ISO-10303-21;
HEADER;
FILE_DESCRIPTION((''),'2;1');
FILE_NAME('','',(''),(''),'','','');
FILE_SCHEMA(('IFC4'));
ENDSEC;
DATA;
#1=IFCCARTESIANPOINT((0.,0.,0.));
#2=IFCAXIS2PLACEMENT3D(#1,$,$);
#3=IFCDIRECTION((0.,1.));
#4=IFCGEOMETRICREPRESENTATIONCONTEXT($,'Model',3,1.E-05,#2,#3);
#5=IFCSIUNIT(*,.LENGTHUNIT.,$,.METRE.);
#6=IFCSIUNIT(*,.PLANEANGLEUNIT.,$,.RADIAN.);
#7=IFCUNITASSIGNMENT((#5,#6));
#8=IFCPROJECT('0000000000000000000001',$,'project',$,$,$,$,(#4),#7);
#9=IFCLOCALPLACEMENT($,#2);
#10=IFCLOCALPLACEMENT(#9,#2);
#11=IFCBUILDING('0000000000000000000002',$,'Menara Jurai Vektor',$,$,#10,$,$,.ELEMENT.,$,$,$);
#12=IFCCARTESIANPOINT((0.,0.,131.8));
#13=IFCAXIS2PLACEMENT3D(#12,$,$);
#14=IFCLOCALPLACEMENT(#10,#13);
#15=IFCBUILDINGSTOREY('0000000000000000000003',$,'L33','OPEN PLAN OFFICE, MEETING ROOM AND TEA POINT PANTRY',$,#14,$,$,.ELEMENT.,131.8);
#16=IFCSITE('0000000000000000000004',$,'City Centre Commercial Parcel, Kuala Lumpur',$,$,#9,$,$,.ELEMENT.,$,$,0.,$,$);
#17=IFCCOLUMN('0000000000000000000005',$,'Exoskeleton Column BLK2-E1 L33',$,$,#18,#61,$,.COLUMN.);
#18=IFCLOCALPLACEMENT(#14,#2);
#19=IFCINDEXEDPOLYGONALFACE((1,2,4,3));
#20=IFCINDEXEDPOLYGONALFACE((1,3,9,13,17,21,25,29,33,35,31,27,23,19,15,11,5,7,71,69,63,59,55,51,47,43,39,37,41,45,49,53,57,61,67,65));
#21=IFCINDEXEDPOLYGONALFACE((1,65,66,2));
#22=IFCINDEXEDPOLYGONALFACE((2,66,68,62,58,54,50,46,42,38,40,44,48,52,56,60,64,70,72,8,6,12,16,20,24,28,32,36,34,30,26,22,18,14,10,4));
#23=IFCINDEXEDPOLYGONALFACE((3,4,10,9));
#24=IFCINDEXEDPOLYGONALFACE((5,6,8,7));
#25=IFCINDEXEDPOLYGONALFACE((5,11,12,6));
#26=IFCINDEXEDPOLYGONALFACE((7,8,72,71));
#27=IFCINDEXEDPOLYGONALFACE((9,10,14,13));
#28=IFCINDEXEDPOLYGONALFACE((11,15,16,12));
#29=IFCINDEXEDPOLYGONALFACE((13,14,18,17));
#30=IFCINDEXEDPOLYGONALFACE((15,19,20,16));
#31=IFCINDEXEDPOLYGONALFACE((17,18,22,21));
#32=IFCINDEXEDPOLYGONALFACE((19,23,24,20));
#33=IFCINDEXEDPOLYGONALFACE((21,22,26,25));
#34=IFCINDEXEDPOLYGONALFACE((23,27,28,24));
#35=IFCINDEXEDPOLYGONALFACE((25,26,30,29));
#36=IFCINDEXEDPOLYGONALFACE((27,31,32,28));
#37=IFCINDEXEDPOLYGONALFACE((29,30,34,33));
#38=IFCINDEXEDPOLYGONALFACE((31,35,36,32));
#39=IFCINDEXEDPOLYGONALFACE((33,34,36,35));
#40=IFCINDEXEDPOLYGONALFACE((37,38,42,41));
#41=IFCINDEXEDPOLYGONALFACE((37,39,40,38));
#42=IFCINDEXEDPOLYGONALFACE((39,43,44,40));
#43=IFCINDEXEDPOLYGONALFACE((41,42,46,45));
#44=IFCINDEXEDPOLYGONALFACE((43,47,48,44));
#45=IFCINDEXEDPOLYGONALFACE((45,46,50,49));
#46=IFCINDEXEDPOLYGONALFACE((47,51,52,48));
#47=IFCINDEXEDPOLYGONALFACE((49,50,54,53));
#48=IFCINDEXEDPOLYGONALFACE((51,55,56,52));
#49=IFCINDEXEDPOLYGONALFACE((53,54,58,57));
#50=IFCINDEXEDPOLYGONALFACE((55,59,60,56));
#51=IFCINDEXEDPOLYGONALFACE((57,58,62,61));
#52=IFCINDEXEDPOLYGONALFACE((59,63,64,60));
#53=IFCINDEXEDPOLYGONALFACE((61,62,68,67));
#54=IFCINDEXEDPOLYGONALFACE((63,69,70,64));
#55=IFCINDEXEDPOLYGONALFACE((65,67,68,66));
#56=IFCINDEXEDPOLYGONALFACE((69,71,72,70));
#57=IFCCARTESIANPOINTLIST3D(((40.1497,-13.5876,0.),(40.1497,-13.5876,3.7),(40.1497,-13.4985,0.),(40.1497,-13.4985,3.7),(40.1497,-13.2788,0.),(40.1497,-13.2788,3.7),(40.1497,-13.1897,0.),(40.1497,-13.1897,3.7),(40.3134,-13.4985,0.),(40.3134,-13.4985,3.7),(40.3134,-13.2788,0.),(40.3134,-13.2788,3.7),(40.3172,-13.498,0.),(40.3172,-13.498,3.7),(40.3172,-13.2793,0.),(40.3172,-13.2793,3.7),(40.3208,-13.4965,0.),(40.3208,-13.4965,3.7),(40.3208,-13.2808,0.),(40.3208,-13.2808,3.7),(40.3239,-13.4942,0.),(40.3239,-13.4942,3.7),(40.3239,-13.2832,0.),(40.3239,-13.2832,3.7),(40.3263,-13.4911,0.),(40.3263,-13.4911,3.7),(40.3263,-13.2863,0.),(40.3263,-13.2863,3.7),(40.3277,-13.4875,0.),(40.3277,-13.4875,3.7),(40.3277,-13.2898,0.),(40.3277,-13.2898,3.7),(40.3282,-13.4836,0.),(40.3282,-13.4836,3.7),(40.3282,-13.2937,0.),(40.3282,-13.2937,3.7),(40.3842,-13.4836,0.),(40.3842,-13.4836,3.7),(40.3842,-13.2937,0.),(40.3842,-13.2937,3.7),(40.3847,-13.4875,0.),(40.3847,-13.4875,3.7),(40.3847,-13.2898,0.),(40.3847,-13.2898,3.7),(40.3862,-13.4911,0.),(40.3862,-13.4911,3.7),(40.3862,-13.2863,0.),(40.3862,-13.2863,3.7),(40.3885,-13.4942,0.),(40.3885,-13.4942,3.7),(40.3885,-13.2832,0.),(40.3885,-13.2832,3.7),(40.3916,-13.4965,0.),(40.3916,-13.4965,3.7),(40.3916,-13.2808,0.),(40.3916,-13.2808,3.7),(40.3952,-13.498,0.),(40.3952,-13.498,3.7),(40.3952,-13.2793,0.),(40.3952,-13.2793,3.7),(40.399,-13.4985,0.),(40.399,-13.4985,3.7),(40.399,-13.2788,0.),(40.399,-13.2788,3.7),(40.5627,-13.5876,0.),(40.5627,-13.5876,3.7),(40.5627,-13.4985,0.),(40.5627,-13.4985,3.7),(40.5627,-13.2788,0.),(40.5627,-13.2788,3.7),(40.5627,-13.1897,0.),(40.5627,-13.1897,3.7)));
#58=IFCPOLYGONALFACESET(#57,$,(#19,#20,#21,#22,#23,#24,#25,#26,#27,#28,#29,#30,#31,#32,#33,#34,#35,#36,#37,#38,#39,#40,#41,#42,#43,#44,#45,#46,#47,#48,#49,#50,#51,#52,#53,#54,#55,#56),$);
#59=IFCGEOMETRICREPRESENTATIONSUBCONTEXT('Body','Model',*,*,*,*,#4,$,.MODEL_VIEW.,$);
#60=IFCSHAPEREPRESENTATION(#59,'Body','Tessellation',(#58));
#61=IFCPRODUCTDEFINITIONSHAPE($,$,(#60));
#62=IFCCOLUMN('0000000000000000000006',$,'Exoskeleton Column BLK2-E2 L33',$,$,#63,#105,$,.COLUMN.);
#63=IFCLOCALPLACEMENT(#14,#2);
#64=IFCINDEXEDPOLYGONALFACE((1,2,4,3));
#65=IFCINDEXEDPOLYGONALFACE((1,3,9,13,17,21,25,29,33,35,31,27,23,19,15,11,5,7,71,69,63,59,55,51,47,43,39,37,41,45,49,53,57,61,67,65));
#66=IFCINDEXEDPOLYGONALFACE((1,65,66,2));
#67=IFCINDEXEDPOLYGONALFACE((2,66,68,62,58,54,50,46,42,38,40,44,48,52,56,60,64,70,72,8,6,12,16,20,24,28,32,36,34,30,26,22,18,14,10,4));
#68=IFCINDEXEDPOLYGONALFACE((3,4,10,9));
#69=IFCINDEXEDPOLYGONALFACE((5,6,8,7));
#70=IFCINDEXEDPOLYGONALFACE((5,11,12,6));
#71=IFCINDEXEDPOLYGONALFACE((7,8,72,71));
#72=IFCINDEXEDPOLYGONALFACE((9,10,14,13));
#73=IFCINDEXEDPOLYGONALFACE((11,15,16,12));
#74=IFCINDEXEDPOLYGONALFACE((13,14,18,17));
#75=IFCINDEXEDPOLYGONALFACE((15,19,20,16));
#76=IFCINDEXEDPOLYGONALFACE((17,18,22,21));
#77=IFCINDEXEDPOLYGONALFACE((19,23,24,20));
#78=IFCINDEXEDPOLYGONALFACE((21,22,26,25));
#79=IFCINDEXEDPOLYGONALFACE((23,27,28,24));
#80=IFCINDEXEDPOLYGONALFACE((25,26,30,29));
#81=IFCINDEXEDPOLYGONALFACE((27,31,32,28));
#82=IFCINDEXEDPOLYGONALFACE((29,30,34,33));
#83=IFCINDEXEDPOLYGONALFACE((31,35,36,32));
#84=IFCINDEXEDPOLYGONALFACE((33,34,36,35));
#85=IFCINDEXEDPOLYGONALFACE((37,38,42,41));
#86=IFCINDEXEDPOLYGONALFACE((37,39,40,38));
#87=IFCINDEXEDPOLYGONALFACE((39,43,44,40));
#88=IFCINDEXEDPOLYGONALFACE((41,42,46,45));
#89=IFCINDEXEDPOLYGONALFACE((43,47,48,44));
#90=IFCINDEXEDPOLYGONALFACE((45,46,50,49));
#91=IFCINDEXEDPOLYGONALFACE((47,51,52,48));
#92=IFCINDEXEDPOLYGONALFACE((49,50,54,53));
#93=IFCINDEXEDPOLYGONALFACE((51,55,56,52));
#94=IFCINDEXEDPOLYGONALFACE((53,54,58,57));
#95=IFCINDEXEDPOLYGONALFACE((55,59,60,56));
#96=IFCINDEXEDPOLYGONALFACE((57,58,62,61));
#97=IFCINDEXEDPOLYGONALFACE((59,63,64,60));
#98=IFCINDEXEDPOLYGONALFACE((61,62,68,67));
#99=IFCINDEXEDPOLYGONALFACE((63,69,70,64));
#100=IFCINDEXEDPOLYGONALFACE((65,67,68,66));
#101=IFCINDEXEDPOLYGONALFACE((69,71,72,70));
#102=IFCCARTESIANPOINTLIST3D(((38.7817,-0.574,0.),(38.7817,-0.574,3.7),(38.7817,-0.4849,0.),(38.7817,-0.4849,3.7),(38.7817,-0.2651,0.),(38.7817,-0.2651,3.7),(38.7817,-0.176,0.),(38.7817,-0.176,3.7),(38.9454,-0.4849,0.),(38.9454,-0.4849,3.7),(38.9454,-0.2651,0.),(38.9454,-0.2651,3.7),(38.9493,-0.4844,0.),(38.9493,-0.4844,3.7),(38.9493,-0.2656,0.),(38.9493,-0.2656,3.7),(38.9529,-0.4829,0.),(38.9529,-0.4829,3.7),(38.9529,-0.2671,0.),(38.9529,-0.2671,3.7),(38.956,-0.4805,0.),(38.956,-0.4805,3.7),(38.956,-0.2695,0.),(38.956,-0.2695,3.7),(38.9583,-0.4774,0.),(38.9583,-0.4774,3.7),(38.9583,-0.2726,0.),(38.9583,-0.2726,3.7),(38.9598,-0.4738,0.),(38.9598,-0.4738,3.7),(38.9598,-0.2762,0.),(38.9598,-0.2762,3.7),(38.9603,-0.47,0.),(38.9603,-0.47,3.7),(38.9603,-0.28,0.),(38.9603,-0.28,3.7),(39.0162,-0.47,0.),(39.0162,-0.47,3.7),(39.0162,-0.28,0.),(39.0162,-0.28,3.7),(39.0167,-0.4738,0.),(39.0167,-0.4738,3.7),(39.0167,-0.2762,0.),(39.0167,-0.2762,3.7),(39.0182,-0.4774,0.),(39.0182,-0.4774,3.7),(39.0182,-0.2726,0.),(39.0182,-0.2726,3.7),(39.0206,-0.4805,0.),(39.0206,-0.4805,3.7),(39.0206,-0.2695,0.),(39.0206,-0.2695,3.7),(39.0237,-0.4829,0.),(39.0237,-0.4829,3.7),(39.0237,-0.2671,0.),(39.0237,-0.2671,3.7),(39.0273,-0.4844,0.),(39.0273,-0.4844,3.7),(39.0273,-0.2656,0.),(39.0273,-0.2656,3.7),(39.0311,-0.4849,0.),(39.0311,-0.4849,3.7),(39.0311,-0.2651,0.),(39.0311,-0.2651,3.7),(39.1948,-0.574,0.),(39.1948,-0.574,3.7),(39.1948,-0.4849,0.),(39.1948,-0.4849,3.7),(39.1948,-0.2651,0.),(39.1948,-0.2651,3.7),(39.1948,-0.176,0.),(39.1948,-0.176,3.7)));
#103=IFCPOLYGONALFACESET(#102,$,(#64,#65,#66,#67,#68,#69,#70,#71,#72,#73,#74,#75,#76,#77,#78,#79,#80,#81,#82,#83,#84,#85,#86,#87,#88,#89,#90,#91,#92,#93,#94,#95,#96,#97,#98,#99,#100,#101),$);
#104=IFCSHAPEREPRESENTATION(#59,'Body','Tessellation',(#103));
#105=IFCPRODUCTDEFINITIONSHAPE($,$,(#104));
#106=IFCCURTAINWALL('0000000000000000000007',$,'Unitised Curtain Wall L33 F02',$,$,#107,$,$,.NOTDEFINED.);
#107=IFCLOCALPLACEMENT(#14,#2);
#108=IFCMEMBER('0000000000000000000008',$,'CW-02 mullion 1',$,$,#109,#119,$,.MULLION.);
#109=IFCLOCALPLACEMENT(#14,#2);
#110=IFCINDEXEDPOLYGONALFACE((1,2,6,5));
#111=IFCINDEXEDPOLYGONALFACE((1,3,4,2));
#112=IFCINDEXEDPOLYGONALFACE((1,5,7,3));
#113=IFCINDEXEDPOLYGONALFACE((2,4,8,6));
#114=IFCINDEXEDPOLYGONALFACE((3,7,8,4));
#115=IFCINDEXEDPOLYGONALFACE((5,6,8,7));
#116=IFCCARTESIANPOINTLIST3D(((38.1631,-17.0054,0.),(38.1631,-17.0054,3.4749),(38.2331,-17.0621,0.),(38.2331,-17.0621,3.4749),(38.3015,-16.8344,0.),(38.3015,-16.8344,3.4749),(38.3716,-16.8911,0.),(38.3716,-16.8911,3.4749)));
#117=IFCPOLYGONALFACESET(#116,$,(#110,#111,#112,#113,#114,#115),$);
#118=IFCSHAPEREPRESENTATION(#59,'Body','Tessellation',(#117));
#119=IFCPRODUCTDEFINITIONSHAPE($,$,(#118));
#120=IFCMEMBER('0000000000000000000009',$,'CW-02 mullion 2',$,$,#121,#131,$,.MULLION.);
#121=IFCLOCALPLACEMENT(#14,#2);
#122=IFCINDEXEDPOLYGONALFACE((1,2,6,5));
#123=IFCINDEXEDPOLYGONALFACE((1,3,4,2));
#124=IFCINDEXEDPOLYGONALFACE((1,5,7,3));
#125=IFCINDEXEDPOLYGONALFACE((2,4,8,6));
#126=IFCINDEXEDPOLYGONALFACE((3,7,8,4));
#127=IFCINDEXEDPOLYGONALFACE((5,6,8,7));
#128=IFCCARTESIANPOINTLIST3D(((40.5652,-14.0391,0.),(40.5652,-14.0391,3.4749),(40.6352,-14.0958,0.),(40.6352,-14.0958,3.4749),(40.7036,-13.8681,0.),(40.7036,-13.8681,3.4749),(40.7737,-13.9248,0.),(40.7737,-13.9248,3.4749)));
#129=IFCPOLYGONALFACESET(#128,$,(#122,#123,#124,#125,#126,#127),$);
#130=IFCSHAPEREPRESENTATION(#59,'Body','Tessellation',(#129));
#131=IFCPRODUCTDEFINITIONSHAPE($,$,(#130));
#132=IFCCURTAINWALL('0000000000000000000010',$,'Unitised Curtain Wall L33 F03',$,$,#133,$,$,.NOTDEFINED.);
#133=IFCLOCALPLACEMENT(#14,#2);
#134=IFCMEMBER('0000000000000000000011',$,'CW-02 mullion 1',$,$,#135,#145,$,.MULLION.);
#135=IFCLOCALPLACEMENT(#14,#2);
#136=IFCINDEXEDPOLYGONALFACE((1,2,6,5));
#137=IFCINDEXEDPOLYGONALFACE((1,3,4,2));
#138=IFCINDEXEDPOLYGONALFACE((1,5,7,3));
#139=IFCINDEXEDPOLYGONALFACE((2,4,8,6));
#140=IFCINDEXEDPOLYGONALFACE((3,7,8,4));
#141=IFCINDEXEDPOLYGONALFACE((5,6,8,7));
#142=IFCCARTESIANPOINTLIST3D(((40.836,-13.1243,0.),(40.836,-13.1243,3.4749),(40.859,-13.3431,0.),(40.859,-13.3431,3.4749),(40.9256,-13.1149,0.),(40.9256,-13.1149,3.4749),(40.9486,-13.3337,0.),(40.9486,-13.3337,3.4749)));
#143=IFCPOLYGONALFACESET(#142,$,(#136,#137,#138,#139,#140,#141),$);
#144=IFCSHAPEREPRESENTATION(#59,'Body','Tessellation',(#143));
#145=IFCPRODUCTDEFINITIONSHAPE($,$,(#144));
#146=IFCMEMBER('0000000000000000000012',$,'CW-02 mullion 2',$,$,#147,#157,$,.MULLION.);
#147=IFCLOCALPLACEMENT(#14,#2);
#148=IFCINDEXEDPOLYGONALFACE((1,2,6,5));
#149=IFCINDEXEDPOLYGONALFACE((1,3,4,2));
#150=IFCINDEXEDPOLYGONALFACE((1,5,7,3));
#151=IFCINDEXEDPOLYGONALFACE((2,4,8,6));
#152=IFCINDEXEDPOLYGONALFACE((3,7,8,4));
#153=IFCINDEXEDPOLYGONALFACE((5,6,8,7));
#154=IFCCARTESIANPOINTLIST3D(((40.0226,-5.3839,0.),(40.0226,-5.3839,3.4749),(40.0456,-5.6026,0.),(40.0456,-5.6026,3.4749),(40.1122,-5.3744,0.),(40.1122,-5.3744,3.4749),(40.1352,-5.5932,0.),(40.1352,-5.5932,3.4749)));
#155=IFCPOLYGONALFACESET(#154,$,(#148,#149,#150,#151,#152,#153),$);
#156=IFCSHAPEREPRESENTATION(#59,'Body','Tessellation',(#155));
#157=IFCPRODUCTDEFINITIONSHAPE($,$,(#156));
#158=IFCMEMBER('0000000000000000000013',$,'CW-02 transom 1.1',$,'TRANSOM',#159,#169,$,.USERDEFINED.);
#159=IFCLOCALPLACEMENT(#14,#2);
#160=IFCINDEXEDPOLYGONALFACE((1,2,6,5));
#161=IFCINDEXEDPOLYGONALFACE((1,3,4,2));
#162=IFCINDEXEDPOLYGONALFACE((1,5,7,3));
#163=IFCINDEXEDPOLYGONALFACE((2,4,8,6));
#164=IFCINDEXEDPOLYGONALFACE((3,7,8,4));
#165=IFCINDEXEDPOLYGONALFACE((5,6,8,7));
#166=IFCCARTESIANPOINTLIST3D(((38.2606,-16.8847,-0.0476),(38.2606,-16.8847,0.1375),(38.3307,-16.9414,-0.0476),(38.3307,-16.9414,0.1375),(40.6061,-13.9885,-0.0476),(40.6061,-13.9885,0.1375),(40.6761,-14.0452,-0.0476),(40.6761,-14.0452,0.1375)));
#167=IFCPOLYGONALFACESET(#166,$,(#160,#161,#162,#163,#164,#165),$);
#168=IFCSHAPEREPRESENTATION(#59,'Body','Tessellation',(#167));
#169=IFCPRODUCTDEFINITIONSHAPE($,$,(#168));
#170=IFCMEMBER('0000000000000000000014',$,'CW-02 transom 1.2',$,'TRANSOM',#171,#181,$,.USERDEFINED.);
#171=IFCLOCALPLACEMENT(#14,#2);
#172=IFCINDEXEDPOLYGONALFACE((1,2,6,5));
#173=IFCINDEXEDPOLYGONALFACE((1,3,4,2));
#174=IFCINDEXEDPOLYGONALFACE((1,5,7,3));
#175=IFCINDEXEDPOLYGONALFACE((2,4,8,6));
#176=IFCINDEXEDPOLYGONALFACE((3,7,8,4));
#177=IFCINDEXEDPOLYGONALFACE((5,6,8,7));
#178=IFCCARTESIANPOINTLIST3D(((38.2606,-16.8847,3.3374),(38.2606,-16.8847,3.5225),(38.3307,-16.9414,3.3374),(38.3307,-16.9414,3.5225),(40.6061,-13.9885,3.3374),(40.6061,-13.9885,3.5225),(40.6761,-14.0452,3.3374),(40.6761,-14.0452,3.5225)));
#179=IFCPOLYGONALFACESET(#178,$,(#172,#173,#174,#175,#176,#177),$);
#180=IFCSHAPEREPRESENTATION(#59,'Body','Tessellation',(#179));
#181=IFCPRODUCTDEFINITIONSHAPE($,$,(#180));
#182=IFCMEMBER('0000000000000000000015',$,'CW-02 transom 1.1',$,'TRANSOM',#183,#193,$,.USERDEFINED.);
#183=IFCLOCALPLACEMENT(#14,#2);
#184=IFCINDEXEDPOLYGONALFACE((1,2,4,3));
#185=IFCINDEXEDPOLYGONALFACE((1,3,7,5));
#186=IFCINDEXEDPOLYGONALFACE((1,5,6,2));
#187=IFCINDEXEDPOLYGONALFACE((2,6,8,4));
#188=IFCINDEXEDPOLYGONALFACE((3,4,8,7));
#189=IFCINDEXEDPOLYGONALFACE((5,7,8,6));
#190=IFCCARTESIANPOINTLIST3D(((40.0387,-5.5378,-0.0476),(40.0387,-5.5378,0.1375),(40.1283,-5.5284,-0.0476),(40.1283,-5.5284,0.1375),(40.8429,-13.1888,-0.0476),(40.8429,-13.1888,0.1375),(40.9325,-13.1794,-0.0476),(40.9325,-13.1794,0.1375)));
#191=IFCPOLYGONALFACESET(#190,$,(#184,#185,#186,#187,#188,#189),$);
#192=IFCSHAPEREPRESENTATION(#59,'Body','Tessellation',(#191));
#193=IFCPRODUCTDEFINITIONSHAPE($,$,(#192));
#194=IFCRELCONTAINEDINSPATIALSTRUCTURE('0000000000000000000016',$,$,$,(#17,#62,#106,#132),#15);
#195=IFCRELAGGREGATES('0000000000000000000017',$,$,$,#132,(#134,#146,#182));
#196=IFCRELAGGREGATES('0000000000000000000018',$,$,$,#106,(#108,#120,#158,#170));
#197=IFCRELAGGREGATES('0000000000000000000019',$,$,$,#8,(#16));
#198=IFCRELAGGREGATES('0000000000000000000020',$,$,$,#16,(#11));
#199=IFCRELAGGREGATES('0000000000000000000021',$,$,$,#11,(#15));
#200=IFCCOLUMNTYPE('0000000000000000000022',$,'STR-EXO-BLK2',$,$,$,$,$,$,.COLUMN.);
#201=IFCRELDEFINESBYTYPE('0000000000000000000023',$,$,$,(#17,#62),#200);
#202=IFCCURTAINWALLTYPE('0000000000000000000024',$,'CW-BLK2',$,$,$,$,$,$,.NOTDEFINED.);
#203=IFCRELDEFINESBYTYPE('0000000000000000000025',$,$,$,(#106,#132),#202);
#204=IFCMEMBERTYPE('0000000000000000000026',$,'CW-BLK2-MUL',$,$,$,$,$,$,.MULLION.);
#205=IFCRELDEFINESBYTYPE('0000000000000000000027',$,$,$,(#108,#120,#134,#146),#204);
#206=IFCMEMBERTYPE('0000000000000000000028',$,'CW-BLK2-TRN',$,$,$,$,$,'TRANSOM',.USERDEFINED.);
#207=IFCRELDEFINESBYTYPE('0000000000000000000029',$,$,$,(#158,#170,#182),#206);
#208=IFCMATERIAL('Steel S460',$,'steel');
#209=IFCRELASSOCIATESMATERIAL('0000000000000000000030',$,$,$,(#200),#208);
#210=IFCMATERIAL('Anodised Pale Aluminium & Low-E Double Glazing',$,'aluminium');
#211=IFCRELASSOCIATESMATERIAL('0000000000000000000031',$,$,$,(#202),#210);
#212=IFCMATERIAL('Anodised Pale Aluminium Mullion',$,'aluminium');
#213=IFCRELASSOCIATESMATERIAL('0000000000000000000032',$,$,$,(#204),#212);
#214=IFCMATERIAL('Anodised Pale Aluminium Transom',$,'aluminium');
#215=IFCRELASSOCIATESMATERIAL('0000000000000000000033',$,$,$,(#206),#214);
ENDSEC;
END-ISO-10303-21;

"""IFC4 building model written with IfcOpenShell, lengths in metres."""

from ifc_helpers import new_model, si_unit, direction, frame, origin, origin_2d, place, context, subcontext, project, spatial, rectangle, i_section, extrude, material, material_profile, profile_set, type_object, element, aggregate, save


model = new_model("IFC4")

# Units and contexts
model_context = context("Model", 3, precision=1e-05, world=origin(), true_north=direction((0.0, 1.0)))
body_context = subcontext(model_context, "Body", "Model", "MODEL_VIEW")
ifc_project = project(units=[si_unit("LENGTHUNIT", "METRE"), si_unit("PLANEANGLEUNIT", "RADIAN")], contexts=[model_context])

# Site, building, storey
site_placement = place(None, origin())
site = spatial("IfcSite", under=ifc_project, at=site_placement, Name="City Centre Commercial Parcel, Kuala Lumpur", CompositionType="ELEMENT", RefElevation=0.0)
building_placement = place(site_placement, origin())
building = spatial("IfcBuilding", under=site, at=building_placement, Name="Menara Jurai Vektor", CompositionType="ELEMENT")
storey_placement = place(building_placement, frame((0.0, 0.0, 131.8)))
storey = spatial("IfcBuildingStorey", under=building, at=storey_placement, Name="L33", Description="OPEN PLAN OFFICE, MEETING ROOM AND TEA POINT PANTRY", CompositionType="ELEMENT", Elevation=131.8)

# Columns
ifc_material_1 = material(Name="Steel S460", Category="steel")
ifc_material_profile_1 = material_profile(ifc_material_1, i_section(OverallWidth=0.4131, OverallDepth=0.3979, WebThickness=0.0559, FlangeThickness=0.0891, FilletRadius=0.0149, at=origin_2d()), Name="HD 400x744")
ifc_profile_set_1 = profile_set([ifc_material_profile_1], Name="Steel S460")
column_type = type_object("IfcColumnType", Name="STR-EXO-BLK2", PredefinedType="COLUMN", material=ifc_profile_set_1)
for number, where, z_axis, x_axis, name in (
    (1, (40.3562, -13.3887, 0.0), (0.0, 0.0, 1.0), (1.0, 0.0, 0.0), "Exoskeleton Column BLK2-E1 L33"),
    (2, (38.9883, -0.375, 0.0), (0.0, 0.0, 1.0), (1.0, 0.0, 0.0), "Exoskeleton Column BLK2-E2 L33"),
):
    element("IfcColumn", number, at=place(storey_placement, frame(where, z_axis=z_axis, x_axis=x_axis)), inside=storey, type_object=column_type, Name=name, PredefinedType="COLUMN", context=body_context, shape_type="SweptSolid", body=[
        extrude(i_section(OverallWidth=0.4131, OverallDepth=0.3979, WebThickness=0.0559, FlangeThickness=0.0891, FilletRadius=0.0149, at=origin_2d()), origin(), (0.0, 0.0, 1.0), 3.7),
    ])

# Curtain walls, members
ifc_material_2 = material(Name="Anodised Pale Aluminium & Low-E Double Glazing", Category="aluminium")
curtain_wall_type = type_object("IfcCurtainWallType", Name="CW-BLK2", PredefinedType="NOTDEFINED", material=ifc_material_2)
curtain_wall_1_placement = place(storey_placement, origin())
curtain_wall_1 = element("IfcCurtainWall", 3, at=curtain_wall_1_placement, inside=storey, type_object=curtain_wall_type, Name="Unitised Curtain Wall L33 F02", PredefinedType="NOTDEFINED")
ifc_material_3 = material(Name="Anodised Pale Aluminium Mullion", Category="aluminium")
ifc_material_profile_2 = material_profile(ifc_material_3, rectangle(XDim=0.0901, YDim=0.22, at=origin_2d()), Name="ALU MUL 90x220")
ifc_profile_set_2 = profile_set([ifc_material_profile_2], Name="Anodised Pale Aluminium Mullion")
member_type_1 = type_object("IfcMemberType", Name="CW-BLK2-MUL", PredefinedType="MULLION", material=ifc_profile_set_2)
member_1_placement = place(storey_placement, frame((38.2673, -16.9482, 0.0), z_axis=(0.0, 0.0, 1.0), x_axis=(-0.777129, 0.629341, 0.0)))
member_1 = element("IfcMember", 4, at=member_1_placement, type_object=member_type_1, Name="CW-02 mullion 1", PredefinedType="MULLION", context=body_context, shape_type="SweptSolid", body=[
    extrude(rectangle(XDim=0.0901, YDim=0.22, at=origin_2d()), origin(), (0.0, 0.0, 1.0), 3.4749),
])
member_2_placement = place(storey_placement, frame((40.6694, -13.9819, 0.0), z_axis=(0.0, 0.0, 1.0), x_axis=(-0.777129, 0.629341, 0.0)))
member_2 = element("IfcMember", 5, at=member_2_placement, type_object=member_type_1, Name="CW-02 mullion 2", PredefinedType="MULLION", context=body_context, shape_type="SweptSolid", body=[
    extrude(rectangle(XDim=0.0901, YDim=0.22, at=origin_2d()), origin(), (0.0, 0.0, 1.0), 3.4749),
])
curtain_wall_2_placement = place(storey_placement, origin())
curtain_wall_2 = element("IfcCurtainWall", 6, at=curtain_wall_2_placement, inside=storey, type_object=curtain_wall_type, Name="Unitised Curtain Wall L33 F03", PredefinedType="NOTDEFINED")
member_3_placement = place(storey_placement, frame((40.8923, -13.229, 0.0), z_axis=(0.0, 0.0, 1.0), x_axis=(-0.994522, -0.10453, 0.0)))
member_3 = element("IfcMember", 7, at=member_3_placement, type_object=member_type_1, Name="CW-02 mullion 1", PredefinedType="MULLION", context=body_context, shape_type="SweptSolid", body=[
    extrude(rectangle(XDim=0.0901, YDim=0.22, at=origin_2d()), origin(), (0.0, 0.0, 1.0), 3.4749),
])
member_4_placement = place(storey_placement, frame((40.0789, -5.4885, 0.0), z_axis=(0.0, 0.0, 1.0), x_axis=(-0.994522, -0.10453, 0.0)))
member_4 = element("IfcMember", 8, at=member_4_placement, type_object=member_type_1, Name="CW-02 mullion 2", PredefinedType="MULLION", context=body_context, shape_type="SweptSolid", body=[
    extrude(rectangle(XDim=0.0901, YDim=0.22, at=origin_2d()), origin(), (0.0, 0.0, 1.0), 3.4749),
])

# Members
ifc_material_4 = material(Name="Anodised Pale Aluminium Transom", Category="aluminium")
ifc_material_profile_3 = material_profile(ifc_material_4, rectangle(XDim=0.0901, YDim=0.1851, at=origin_2d()), Name="ALU TRN 90x185")
ifc_profile_set_3 = profile_set([ifc_material_profile_3], Name="Anodised Pale Aluminium Transom")
member_type_2 = type_object("IfcMemberType", Name="CW-BLK2-TRN", ElementType="TRANSOM", PredefinedType="USERDEFINED", material=ifc_profile_set_3)
member_5_placement = place(storey_placement, frame((38.2957, -16.9131, 0.0449), z_axis=(0.629341, 0.777129, 0.0), x_axis=(-0.777129, 0.629341, 0.0)))
member_5 = element("IfcMember", 9, at=member_5_placement, type_object=member_type_2, Name="CW-02 transom 1.1", ObjectType="TRANSOM", PredefinedType="USERDEFINED", context=body_context, shape_type="SweptSolid", body=[
    extrude(rectangle(XDim=0.0901, YDim=0.1851, at=origin_2d()), origin(), (0.0, 0.0, 1.0), 3.7268),
])
member_6_placement = place(storey_placement, frame((38.2957, -16.9131, 3.4299), z_axis=(0.629341, 0.777129, 0.0), x_axis=(-0.777129, 0.629341, 0.0)))
member_6 = element("IfcMember", 10, at=member_6_placement, type_object=member_type_2, Name="CW-02 transom 1.2", ObjectType="TRANSOM", PredefinedType="USERDEFINED", context=body_context, shape_type="SweptSolid", body=[
    extrude(rectangle(XDim=0.0901, YDim=0.1851, at=origin_2d()), origin(), (0.0, 0.0, 1.0), 3.7268),
])
member_7_placement = place(storey_placement, frame((40.8877, -13.1841, 0.0449), z_axis=(-0.104536, 0.994521, 0.0), x_axis=(-0.994521, -0.104536, 0.0)))
member_7 = element("IfcMember", 11, at=member_7_placement, type_object=member_type_2, Name="CW-02 transom 1.1", ObjectType="TRANSOM", PredefinedType="USERDEFINED", context=body_context, shape_type="SweptSolid", body=[
    extrude(rectangle(XDim=0.0901, YDim=0.1851, at=origin_2d()), origin(), (0.0, 0.0, 1.0), 7.6931),
])

aggregate(curtain_wall_2, [member_3, member_4, member_7])
aggregate(curtain_wall_1, [member_1, member_2, member_5, member_6])

save(model, "model.ifc")
